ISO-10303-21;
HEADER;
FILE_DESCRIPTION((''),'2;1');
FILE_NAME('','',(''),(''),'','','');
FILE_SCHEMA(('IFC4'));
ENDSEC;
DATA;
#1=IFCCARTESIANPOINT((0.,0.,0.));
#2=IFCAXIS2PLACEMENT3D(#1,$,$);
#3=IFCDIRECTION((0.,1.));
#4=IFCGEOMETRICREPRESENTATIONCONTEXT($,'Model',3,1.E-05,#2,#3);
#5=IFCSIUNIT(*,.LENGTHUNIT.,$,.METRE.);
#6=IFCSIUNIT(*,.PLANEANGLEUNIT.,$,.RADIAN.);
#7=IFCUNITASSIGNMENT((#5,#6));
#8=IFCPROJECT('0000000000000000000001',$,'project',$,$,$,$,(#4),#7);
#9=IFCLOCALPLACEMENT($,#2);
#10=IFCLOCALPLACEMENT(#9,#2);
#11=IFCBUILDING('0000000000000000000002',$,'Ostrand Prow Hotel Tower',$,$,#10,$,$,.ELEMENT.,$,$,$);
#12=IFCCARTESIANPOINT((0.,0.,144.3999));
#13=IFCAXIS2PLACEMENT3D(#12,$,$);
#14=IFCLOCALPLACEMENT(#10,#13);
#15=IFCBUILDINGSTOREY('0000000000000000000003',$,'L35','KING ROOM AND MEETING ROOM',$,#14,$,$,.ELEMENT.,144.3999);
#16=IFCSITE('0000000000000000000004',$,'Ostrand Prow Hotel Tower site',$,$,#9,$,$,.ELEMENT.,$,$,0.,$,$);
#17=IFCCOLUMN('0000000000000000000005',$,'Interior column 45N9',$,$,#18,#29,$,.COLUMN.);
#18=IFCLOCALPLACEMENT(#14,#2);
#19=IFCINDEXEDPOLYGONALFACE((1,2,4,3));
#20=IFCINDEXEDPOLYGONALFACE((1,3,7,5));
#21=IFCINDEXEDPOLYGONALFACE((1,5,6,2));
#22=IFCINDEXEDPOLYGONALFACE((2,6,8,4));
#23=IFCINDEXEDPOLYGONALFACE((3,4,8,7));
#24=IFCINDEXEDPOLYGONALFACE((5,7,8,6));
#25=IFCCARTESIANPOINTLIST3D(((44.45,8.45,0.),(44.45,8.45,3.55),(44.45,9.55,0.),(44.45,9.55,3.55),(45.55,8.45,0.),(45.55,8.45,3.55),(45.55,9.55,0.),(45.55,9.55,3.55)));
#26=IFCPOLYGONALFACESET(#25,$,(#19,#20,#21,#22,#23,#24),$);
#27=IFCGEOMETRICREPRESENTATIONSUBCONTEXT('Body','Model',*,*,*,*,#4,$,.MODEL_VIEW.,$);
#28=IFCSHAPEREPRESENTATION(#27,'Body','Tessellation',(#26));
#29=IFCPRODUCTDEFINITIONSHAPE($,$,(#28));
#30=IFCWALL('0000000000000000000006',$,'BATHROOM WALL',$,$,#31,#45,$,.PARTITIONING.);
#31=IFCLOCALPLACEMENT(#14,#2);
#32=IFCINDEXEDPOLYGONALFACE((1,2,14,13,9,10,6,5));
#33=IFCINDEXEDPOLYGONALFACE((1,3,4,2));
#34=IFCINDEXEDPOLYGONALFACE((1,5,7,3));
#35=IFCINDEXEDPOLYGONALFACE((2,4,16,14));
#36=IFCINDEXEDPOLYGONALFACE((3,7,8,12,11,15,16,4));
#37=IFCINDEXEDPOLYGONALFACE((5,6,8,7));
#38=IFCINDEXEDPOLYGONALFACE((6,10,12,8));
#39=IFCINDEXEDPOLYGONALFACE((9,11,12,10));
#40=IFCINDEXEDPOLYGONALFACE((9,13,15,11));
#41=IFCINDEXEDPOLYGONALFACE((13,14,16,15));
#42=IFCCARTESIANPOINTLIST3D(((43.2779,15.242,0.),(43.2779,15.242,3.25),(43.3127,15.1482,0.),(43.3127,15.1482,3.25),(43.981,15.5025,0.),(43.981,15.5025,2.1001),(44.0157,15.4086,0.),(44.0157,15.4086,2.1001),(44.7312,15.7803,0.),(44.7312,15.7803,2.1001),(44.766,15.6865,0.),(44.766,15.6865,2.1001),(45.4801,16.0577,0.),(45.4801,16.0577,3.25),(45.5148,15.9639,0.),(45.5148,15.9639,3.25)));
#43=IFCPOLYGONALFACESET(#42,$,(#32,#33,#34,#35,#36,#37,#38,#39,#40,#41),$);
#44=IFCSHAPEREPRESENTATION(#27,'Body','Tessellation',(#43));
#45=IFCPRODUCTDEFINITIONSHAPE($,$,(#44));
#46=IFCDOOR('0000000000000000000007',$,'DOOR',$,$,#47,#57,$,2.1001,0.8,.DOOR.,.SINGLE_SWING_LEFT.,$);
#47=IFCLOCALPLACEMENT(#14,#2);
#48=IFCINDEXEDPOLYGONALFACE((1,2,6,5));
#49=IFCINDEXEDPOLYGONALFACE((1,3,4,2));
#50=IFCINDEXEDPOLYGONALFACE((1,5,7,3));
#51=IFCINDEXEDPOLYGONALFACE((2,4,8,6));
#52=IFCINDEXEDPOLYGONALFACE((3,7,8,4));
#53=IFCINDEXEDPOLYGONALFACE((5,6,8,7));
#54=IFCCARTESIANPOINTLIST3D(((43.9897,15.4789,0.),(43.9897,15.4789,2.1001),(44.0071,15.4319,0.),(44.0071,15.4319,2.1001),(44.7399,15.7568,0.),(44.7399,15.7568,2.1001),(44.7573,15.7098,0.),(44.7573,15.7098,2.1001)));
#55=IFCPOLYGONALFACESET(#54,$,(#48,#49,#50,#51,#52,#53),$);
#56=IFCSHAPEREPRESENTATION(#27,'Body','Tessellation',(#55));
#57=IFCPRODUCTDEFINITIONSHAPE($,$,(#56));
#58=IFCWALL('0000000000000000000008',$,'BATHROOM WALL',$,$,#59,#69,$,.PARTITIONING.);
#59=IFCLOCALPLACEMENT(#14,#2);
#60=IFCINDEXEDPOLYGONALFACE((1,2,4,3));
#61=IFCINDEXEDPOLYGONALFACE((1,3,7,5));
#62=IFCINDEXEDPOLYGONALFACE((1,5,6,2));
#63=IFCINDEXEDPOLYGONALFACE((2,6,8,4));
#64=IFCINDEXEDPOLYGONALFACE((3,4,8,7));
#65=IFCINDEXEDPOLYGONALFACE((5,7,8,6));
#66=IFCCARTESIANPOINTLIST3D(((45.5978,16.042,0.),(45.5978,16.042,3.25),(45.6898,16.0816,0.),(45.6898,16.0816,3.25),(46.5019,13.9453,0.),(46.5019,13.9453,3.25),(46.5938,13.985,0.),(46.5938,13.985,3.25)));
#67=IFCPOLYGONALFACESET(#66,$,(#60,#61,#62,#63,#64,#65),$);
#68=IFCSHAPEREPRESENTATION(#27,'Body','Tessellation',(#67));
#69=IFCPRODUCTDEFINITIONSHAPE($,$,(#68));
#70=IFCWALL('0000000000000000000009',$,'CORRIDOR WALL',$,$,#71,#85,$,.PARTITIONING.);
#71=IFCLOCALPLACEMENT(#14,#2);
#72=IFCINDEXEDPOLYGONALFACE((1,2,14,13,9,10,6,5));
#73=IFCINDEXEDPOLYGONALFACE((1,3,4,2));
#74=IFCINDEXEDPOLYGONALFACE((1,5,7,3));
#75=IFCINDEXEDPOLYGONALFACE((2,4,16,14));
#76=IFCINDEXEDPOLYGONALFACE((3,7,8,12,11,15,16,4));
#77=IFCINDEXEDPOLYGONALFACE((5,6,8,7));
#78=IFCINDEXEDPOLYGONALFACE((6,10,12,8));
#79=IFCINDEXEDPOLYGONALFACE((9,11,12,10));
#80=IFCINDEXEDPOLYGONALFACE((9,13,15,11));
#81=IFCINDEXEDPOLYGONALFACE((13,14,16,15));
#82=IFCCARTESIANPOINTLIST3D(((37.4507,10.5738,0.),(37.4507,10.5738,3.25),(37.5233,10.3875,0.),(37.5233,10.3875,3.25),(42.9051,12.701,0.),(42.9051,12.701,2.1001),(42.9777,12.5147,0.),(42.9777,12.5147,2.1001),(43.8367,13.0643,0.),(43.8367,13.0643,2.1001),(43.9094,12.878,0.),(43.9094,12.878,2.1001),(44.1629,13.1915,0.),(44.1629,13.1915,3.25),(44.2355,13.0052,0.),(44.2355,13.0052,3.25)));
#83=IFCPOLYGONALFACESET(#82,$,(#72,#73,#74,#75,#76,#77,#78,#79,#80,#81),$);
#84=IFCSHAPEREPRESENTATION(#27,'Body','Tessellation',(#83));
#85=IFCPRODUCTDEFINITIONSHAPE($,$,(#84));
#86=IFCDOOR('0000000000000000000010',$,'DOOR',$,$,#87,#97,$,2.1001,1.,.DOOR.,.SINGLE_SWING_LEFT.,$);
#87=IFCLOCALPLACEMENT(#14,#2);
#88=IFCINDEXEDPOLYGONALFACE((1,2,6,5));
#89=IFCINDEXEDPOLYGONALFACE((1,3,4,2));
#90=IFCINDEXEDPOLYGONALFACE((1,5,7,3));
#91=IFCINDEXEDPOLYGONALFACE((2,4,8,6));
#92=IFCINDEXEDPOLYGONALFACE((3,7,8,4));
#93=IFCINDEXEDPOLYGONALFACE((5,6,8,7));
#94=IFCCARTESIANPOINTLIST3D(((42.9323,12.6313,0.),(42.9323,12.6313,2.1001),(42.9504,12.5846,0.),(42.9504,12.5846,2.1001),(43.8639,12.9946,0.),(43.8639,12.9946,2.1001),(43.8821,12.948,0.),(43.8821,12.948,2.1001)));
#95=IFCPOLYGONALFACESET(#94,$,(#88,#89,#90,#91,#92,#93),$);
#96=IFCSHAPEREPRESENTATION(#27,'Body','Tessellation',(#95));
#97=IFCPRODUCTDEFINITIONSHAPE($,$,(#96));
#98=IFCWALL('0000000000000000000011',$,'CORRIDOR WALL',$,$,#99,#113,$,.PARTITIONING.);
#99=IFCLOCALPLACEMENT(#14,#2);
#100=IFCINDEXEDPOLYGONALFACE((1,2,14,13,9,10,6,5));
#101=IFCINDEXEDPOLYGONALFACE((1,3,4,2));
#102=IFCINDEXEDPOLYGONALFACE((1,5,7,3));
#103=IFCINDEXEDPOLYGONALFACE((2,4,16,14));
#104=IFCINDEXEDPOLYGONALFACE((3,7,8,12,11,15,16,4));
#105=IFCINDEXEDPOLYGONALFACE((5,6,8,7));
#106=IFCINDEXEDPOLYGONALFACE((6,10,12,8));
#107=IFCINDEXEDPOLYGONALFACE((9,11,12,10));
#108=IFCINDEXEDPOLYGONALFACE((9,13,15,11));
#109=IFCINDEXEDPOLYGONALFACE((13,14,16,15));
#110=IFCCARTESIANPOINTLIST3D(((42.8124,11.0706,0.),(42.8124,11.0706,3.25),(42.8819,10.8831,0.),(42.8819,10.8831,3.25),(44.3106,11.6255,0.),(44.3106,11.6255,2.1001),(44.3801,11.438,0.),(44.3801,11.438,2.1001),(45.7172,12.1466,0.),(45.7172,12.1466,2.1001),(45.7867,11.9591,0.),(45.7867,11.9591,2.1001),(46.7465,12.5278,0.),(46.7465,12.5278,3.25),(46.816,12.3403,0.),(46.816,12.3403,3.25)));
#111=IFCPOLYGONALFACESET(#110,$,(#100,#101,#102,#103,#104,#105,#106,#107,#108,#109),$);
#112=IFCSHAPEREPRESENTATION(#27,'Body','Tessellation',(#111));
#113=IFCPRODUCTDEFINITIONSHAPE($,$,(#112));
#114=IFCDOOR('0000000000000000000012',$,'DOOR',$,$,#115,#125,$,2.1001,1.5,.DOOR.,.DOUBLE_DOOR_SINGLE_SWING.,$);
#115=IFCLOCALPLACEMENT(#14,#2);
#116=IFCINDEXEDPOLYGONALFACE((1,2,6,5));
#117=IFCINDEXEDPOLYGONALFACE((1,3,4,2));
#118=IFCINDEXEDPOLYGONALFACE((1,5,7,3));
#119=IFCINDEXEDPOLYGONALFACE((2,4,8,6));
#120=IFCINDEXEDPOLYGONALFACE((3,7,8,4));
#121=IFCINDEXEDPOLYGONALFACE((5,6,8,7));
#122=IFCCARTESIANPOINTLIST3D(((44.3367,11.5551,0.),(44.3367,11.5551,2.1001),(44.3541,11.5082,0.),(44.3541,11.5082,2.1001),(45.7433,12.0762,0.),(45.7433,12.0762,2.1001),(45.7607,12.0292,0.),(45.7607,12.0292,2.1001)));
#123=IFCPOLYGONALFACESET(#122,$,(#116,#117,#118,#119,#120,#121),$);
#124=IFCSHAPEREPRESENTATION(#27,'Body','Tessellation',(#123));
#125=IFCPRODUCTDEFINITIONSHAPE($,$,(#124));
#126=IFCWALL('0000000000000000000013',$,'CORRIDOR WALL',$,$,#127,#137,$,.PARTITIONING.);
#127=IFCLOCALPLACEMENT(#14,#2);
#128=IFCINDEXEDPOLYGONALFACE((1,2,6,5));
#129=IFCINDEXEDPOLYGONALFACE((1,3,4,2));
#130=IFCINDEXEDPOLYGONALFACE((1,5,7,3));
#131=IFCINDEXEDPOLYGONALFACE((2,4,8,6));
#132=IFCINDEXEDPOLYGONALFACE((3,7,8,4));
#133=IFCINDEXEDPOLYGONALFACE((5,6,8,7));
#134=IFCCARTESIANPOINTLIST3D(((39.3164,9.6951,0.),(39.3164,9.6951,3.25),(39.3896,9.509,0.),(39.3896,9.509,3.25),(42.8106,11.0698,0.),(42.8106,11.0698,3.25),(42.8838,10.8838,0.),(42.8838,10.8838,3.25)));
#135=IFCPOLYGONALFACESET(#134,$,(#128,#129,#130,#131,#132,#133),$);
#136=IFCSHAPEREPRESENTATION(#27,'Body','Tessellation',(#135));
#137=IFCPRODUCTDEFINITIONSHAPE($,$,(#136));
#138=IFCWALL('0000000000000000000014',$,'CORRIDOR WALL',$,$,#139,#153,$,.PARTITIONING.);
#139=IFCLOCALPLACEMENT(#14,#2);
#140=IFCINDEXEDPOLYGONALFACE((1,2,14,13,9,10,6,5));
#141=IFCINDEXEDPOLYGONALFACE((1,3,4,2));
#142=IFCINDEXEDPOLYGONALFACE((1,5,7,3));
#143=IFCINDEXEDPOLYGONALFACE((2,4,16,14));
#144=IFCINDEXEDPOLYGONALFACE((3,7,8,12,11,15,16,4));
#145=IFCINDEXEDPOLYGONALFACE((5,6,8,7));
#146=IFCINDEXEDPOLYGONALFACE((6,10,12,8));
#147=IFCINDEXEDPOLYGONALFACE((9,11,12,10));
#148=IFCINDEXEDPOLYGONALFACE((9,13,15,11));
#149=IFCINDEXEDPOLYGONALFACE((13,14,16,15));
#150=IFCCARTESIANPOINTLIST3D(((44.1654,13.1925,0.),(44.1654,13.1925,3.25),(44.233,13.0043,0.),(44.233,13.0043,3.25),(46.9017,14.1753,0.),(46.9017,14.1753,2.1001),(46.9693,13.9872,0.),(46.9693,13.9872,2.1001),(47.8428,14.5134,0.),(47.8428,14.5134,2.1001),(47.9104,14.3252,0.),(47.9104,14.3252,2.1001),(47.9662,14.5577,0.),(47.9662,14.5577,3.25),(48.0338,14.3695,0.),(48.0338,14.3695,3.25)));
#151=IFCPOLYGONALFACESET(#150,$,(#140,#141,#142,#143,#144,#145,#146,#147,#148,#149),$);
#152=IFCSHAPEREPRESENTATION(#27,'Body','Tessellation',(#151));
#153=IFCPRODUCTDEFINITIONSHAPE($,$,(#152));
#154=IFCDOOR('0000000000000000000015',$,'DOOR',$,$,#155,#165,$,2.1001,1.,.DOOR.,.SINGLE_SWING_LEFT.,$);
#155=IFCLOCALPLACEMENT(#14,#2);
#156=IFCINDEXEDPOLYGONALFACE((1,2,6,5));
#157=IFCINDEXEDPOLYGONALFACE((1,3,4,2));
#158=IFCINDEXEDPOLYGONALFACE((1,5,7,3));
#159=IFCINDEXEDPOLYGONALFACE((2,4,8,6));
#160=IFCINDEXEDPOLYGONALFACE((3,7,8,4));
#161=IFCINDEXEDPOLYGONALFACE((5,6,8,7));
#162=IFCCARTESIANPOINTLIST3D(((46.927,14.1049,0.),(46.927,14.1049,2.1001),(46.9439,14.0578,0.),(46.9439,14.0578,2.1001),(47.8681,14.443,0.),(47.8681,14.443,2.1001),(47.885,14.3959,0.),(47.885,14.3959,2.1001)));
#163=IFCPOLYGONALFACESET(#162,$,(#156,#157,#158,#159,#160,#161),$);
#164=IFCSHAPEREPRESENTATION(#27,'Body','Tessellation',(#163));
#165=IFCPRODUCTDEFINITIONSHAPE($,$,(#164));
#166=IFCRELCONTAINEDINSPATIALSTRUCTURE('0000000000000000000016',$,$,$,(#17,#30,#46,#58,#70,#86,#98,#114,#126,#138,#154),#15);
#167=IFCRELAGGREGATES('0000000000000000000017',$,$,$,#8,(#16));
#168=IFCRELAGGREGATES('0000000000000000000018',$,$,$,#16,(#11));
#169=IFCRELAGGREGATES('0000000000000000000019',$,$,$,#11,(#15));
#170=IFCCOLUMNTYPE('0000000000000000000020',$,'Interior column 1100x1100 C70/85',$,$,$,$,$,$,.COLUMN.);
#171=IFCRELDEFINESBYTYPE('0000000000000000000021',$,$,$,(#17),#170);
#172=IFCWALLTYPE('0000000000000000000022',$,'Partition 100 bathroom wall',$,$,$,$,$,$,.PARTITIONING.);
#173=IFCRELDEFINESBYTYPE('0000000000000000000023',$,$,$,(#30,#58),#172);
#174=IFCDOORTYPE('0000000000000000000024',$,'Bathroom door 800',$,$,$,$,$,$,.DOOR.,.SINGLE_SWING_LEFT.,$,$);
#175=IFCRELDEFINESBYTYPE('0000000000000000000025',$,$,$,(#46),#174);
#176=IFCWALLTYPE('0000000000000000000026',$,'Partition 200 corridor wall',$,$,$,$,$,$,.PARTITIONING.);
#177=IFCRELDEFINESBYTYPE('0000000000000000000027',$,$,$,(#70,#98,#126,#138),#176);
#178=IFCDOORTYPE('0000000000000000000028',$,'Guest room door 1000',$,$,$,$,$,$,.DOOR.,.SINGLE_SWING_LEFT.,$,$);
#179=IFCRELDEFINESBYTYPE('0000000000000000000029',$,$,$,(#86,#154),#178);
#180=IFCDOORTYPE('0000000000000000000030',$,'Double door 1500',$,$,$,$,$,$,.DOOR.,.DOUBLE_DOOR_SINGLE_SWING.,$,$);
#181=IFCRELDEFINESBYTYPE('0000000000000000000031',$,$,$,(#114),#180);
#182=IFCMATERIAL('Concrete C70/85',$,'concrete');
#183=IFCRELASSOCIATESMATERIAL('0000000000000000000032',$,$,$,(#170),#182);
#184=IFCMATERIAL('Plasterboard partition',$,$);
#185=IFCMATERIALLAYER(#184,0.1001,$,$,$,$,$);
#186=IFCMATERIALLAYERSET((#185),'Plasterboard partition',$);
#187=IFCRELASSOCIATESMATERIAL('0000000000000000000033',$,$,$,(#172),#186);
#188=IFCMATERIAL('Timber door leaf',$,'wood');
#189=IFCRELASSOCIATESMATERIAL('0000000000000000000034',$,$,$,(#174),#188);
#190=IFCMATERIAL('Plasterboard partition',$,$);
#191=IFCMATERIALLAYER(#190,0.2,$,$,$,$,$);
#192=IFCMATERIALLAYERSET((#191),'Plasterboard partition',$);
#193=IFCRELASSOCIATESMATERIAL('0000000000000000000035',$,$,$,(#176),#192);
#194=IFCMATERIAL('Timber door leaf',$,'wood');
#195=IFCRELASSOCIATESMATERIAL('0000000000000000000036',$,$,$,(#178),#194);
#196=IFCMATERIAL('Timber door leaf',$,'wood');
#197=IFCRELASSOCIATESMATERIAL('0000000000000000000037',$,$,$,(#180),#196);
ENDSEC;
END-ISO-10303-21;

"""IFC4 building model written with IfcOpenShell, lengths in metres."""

from ifc_helpers import new_model, si_unit, direction, frame, frame_2d, origin, origin_2d, place, context, subcontext, project, spatial, rectangle, extrude, material, layer, layer_set, material_profile, profile_set, type_object, element, fill, save


model = new_model("IFC4")

# Units and contexts
model_context = context("Model", 3, precision=1e-05, world=origin(), true_north=direction((0.0, 1.0)))
body_context = subcontext(model_context, "Body", "Model", "MODEL_VIEW")
ifc_project = project(units=[si_unit("LENGTHUNIT", "METRE"), si_unit("PLANEANGLEUNIT", "RADIAN")], contexts=[model_context])

# Site, building, storey
site_placement = place(None, origin())
site = spatial("IfcSite", under=ifc_project, at=site_placement, Name="Ostrand Prow Hotel Tower site", CompositionType="ELEMENT", RefElevation=0.0)
building_placement = place(site_placement, origin())
building = spatial("IfcBuilding", under=site, at=building_placement, Name="Ostrand Prow Hotel Tower", CompositionType="ELEMENT")
storey_placement = place(building_placement, frame((0.0, 0.0, 144.3999)))
storey = spatial("IfcBuildingStorey", under=building, at=storey_placement, Name="L35", Description="KING ROOM AND MEETING ROOM", CompositionType="ELEMENT", Elevation=144.3999)

# Column
ifc_material_1 = material(Name="Concrete C70/85", Category="concrete")
ifc_material_profile = material_profile(ifc_material_1, rectangle(XDim=1.1001, YDim=1.1001, at=origin_2d()), Name="RC 1100x1100")
ifc_profile_set = profile_set([ifc_material_profile], Name="Concrete C70/85")
column_type = type_object("IfcColumnType", Name="Interior column 1100x1100 C70/85", PredefinedType="COLUMN", material=ifc_profile_set)
column_placement = place(storey_placement, frame((45.0, 9.0, 0.0), z_axis=(0.0, 0.0, 1.0), x_axis=(1.0, 0.0, 0.0)))
element("IfcColumn", 1, at=column_placement, inside=storey, type_object=column_type, Name="Interior column 45N9", PredefinedType="COLUMN", context=body_context, shape_type="SweptSolid", body=[
    extrude(rectangle(XDim=1.1001, YDim=1.1001, at=origin_2d()), origin(), (0.0, 0.0, 1.0), 3.55),
])

# Wall, opening, door
ifc_material_2 = material(Name="Plasterboard partition")
ifc_layer_1 = layer(ifc_material_2, 0.1001)
ifc_layer_set_1 = layer_set([ifc_layer_1], Name="Plasterboard partition")
wall_type_1 = type_object("IfcWallType", Name="Partition 100 bathroom wall", PredefinedType="PARTITIONING", material=ifc_layer_set_1)
wall_1_placement = place(storey_placement, frame((43.2952, 15.1951, 0.0), z_axis=(0.0, 0.0, 1.0), x_axis=(0.93774, 0.347338, 0.0)))
wall_1 = element("IfcWall", 2, at=wall_1_placement, inside=storey, type_object=wall_type_1, Name="BATHROOM WALL", PredefinedType="PARTITIONING", context=body_context, shape_type="SweptSolid", body=[
    extrude(rectangle(XDim=2.3484, YDim=0.1001, at=frame_2d((1.1743, 0.0))), origin(), (0.0, 0.0, 1.0), 3.25),
])
opening_1_placement = place(wall_1_placement, frame((0.75, 0.0, 0.0)))
opening_1 = element("IfcOpeningElement", 3, at=opening_1_placement, cuts=wall_1, PredefinedType="OPENING", context=body_context, shape_type="SweptSolid", body=[
    extrude(rectangle(XDim=0.8, YDim=2.1001, at=frame_2d((0.3999, 1.05))), frame((0.0, 0.0601, 0.0), z_axis=(0.0, -1.0, 0.0), x_axis=(1.0, 0.0, 0.0)), (0.0, 0.0, 1.0), 0.1201),
])
ifc_material_3 = material(Name="Timber door leaf", Category="wood")
door_type_1 = type_object("IfcDoorType", Name="Bathroom door 800", OperationType="SINGLE_SWING_LEFT", PredefinedType="DOOR", material=ifc_material_3)
door_1_placement = place(opening_1_placement, origin())
door_1 = element("IfcDoor", 4, at=door_1_placement, inside=storey, type_object=door_type_1, Name="DOOR", OperationType="SINGLE_SWING_LEFT", OverallHeight=2.1001, OverallWidth=0.8, PredefinedType="DOOR", context=body_context, shape_type="SweptSolid", body=[
    extrude(rectangle(XDim=0.8, YDim=2.1001, at=frame_2d((0.3999, 1.05))), frame((0.0, 0.0249, 0.0), z_axis=(0.0, -1.0, 0.0), x_axis=(1.0, 0.0, 0.0)), (0.0, 0.0, 1.0), 0.05),
])
fill(opening_1, door_1)

# Wall
wall_2_placement = place(storey_placement, frame((45.6438, 16.0618, 0.0), z_axis=(0.0, 0.0, 1.0), x_axis=(0.395944, -0.918274, 0.0)))
element("IfcWall", 5, at=wall_2_placement, inside=storey, type_object=wall_type_1, Name="BATHROOM WALL", PredefinedType="PARTITIONING", context=body_context, shape_type="SweptSolid", body=[
    extrude(rectangle(XDim=2.2832, YDim=0.1001, at=frame_2d((1.1416, 0.0))), origin(), (0.0, 0.0, 1.0), 3.25),
])

# Walls, openings, doors
ifc_material_4 = material(Name="Plasterboard partition")
ifc_layer_2 = layer(ifc_material_4, 0.2)
ifc_layer_set_2 = layer_set([ifc_layer_2], Name="Plasterboard partition")
wall_type_2 = type_object("IfcWallType", Name="Partition 200 corridor wall", PredefinedType="PARTITIONING", material=ifc_layer_set_2)
wall_3_placement = place(storey_placement, frame((44.1992, 13.0984, 0.0), z_axis=(0.0, 0.0, 1.0), x_axis=(-0.931658, -0.363337, 0.0)))
wall_3 = element("IfcWall", 6, at=wall_3_placement, inside=storey, type_object=wall_type_2, Name="CORRIDOR WALL", PredefinedType="PARTITIONING", context=body_context, shape_type="SweptSolid", body=[
    extrude(rectangle(XDim=7.2046, YDim=0.2, at=frame_2d((3.6023, 0.0))), origin(), (0.0, 0.0, 1.0), 3.25),
])
opening_2_placement = place(wall_3_placement, frame((0.3501, 0.0, 0.0)))
opening_2 = element("IfcOpeningElement", 7, at=opening_2_placement, cuts=wall_3, PredefinedType="OPENING", context=body_context, shape_type="SweptSolid", body=[
    extrude(rectangle(XDim=1.0, YDim=2.1001, at=frame_2d((0.5, 1.05))), frame((0.0, 0.1099, 0.0), z_axis=(0.0, -1.0, 0.0), x_axis=(1.0, 0.0, 0.0)), (0.0, 0.0, 1.0), 0.22),
])
ifc_material_5 = material(Name="Timber door leaf", Category="wood")
door_type_2 = type_object("IfcDoorType", Name="Guest room door 1000", OperationType="SINGLE_SWING_LEFT", PredefinedType="DOOR", material=ifc_material_5)
door_2_placement = place(opening_2_placement, origin())
door_2 = element("IfcDoor", 8, at=door_2_placement, inside=storey, type_object=door_type_2, Name="DOOR", OperationType="SINGLE_SWING_LEFT", OverallHeight=2.1001, OverallWidth=1.0, PredefinedType="DOOR", context=body_context, shape_type="SweptSolid", body=[
    extrude(rectangle(XDim=1.0, YDim=2.1001, at=frame_2d((0.5, 1.05))), frame((0.0, 0.0249, 0.0), z_axis=(0.0, -1.0, 0.0), x_axis=(1.0, 0.0, 0.0)), (0.0, 0.0, 1.0), 0.05),
])
fill(opening_2, door_2)
wall_4_placement = place(storey_placement, frame((42.8472, 10.9768, 0.0), z_axis=(0.0, 0.0, 1.0), x_axis=(0.937733, 0.347358, 0.0)))
wall_4 = element("IfcWall", 9, at=wall_4_placement, inside=storey, type_object=wall_type_2, Name="CORRIDOR WALL", PredefinedType="PARTITIONING", context=body_context, shape_type="SweptSolid", body=[
    extrude(rectangle(XDim=4.1953, YDim=0.2, at=frame_2d((2.0977, 0.0))), origin(), (0.0, 0.0, 1.0), 3.25),
])
opening_3_placement = place(wall_4_placement, frame((1.5977, 0.0, 0.0)))
opening_3 = element("IfcOpeningElement", 10, at=opening_3_placement, cuts=wall_4, PredefinedType="OPENING", context=body_context, shape_type="SweptSolid", body=[
    extrude(rectangle(XDim=1.5, YDim=2.1001, at=frame_2d((0.75, 1.05))), frame((0.0, 0.1099, 0.0), z_axis=(0.0, -1.0, 0.0), x_axis=(1.0, 0.0, 0.0)), (0.0, 0.0, 1.0), 0.22),
])
ifc_material_6 = material(Name="Timber door leaf", Category="wood")
door_type_3 = type_object("IfcDoorType", Name="Double door 1500", OperationType="DOUBLE_DOOR_SINGLE_SWING", PredefinedType="DOOR", material=ifc_material_6)
door_3_placement = place(opening_3_placement, origin())
door_3 = element("IfcDoor", 11, at=door_3_placement, inside=storey, type_object=door_type_3, Name="DOOR", OperationType="DOUBLE_DOOR_SINGLE_SWING", OverallHeight=2.1001, OverallWidth=1.5, PredefinedType="DOOR", context=body_context, shape_type="SweptSolid", body=[
    extrude(rectangle(XDim=1.5, YDim=2.1001, at=frame_2d((0.75, 1.05))), frame((0.0, 0.0249, 0.0), z_axis=(0.0, -1.0, 0.0), x_axis=(1.0, 0.0, 0.0)), (0.0, 0.0, 1.0), 0.05),
])
fill(opening_3, door_3)

# Wall
wall_5_placement = place(storey_placement, frame((39.353, 9.6021, 0.0), z_axis=(0.0, 0.0, 1.0), x_axis=(0.930565, 0.366127, 0.0)))
element("IfcWall", 12, at=wall_5_placement, inside=storey, type_object=wall_type_2, Name="CORRIDOR WALL", PredefinedType="PARTITIONING", context=body_context, shape_type="SweptSolid", body=[
    extrude(rectangle(XDim=3.7549, YDim=0.2, at=frame_2d((1.8774, 0.0))), origin(), (0.0, 0.0, 1.0), 3.25),
])

# Wall, opening, door
wall_6_placement = place(storey_placement, frame((48.0, 14.4636, 0.0), z_axis=(0.0, 0.0, 1.0), x_axis=(-0.941128, -0.338051, 0.0)))
wall_6 = element("IfcWall", 13, at=wall_6_placement, inside=storey, type_object=wall_type_2, Name="CORRIDOR WALL", PredefinedType="PARTITIONING", context=body_context, shape_type="SweptSolid", body=[
    extrude(rectangle(XDim=4.0386, YDim=0.2, at=frame_2d((2.0193, 0.0))), origin(), (0.0, 0.0, 1.0), 3.25),
])
opening_4_placement = place(wall_6_placement, frame((0.1311, 0.0, 0.0)))
opening_4 = element("IfcOpeningElement", 14, at=opening_4_placement, cuts=wall_6, PredefinedType="OPENING", context=body_context, shape_type="SweptSolid", body=[
    extrude(rectangle(XDim=1.0, YDim=2.1001, at=frame_2d((0.5, 1.05))), frame((0.0, 0.1099, 0.0), z_axis=(0.0, -1.0, 0.0), x_axis=(1.0, 0.0, 0.0)), (0.0, 0.0, 1.0), 0.22),
])
door_4_placement = place(opening_4_placement, origin())
door_4 = element("IfcDoor", 15, at=door_4_placement, inside=storey, type_object=door_type_2, Name="DOOR", OperationType="SINGLE_SWING_LEFT", OverallHeight=2.1001, OverallWidth=1.0, PredefinedType="DOOR", context=body_context, shape_type="SweptSolid", body=[
    extrude(rectangle(XDim=1.0, YDim=2.1001, at=frame_2d((0.5, 1.05))), frame((0.0, 0.0249, 0.0), z_axis=(0.0, -1.0, 0.0), x_axis=(1.0, 0.0, 0.0)), (0.0, 0.0, 1.0), 0.05),
])
fill(opening_4, door_4)

save(model, "model.ifc")
